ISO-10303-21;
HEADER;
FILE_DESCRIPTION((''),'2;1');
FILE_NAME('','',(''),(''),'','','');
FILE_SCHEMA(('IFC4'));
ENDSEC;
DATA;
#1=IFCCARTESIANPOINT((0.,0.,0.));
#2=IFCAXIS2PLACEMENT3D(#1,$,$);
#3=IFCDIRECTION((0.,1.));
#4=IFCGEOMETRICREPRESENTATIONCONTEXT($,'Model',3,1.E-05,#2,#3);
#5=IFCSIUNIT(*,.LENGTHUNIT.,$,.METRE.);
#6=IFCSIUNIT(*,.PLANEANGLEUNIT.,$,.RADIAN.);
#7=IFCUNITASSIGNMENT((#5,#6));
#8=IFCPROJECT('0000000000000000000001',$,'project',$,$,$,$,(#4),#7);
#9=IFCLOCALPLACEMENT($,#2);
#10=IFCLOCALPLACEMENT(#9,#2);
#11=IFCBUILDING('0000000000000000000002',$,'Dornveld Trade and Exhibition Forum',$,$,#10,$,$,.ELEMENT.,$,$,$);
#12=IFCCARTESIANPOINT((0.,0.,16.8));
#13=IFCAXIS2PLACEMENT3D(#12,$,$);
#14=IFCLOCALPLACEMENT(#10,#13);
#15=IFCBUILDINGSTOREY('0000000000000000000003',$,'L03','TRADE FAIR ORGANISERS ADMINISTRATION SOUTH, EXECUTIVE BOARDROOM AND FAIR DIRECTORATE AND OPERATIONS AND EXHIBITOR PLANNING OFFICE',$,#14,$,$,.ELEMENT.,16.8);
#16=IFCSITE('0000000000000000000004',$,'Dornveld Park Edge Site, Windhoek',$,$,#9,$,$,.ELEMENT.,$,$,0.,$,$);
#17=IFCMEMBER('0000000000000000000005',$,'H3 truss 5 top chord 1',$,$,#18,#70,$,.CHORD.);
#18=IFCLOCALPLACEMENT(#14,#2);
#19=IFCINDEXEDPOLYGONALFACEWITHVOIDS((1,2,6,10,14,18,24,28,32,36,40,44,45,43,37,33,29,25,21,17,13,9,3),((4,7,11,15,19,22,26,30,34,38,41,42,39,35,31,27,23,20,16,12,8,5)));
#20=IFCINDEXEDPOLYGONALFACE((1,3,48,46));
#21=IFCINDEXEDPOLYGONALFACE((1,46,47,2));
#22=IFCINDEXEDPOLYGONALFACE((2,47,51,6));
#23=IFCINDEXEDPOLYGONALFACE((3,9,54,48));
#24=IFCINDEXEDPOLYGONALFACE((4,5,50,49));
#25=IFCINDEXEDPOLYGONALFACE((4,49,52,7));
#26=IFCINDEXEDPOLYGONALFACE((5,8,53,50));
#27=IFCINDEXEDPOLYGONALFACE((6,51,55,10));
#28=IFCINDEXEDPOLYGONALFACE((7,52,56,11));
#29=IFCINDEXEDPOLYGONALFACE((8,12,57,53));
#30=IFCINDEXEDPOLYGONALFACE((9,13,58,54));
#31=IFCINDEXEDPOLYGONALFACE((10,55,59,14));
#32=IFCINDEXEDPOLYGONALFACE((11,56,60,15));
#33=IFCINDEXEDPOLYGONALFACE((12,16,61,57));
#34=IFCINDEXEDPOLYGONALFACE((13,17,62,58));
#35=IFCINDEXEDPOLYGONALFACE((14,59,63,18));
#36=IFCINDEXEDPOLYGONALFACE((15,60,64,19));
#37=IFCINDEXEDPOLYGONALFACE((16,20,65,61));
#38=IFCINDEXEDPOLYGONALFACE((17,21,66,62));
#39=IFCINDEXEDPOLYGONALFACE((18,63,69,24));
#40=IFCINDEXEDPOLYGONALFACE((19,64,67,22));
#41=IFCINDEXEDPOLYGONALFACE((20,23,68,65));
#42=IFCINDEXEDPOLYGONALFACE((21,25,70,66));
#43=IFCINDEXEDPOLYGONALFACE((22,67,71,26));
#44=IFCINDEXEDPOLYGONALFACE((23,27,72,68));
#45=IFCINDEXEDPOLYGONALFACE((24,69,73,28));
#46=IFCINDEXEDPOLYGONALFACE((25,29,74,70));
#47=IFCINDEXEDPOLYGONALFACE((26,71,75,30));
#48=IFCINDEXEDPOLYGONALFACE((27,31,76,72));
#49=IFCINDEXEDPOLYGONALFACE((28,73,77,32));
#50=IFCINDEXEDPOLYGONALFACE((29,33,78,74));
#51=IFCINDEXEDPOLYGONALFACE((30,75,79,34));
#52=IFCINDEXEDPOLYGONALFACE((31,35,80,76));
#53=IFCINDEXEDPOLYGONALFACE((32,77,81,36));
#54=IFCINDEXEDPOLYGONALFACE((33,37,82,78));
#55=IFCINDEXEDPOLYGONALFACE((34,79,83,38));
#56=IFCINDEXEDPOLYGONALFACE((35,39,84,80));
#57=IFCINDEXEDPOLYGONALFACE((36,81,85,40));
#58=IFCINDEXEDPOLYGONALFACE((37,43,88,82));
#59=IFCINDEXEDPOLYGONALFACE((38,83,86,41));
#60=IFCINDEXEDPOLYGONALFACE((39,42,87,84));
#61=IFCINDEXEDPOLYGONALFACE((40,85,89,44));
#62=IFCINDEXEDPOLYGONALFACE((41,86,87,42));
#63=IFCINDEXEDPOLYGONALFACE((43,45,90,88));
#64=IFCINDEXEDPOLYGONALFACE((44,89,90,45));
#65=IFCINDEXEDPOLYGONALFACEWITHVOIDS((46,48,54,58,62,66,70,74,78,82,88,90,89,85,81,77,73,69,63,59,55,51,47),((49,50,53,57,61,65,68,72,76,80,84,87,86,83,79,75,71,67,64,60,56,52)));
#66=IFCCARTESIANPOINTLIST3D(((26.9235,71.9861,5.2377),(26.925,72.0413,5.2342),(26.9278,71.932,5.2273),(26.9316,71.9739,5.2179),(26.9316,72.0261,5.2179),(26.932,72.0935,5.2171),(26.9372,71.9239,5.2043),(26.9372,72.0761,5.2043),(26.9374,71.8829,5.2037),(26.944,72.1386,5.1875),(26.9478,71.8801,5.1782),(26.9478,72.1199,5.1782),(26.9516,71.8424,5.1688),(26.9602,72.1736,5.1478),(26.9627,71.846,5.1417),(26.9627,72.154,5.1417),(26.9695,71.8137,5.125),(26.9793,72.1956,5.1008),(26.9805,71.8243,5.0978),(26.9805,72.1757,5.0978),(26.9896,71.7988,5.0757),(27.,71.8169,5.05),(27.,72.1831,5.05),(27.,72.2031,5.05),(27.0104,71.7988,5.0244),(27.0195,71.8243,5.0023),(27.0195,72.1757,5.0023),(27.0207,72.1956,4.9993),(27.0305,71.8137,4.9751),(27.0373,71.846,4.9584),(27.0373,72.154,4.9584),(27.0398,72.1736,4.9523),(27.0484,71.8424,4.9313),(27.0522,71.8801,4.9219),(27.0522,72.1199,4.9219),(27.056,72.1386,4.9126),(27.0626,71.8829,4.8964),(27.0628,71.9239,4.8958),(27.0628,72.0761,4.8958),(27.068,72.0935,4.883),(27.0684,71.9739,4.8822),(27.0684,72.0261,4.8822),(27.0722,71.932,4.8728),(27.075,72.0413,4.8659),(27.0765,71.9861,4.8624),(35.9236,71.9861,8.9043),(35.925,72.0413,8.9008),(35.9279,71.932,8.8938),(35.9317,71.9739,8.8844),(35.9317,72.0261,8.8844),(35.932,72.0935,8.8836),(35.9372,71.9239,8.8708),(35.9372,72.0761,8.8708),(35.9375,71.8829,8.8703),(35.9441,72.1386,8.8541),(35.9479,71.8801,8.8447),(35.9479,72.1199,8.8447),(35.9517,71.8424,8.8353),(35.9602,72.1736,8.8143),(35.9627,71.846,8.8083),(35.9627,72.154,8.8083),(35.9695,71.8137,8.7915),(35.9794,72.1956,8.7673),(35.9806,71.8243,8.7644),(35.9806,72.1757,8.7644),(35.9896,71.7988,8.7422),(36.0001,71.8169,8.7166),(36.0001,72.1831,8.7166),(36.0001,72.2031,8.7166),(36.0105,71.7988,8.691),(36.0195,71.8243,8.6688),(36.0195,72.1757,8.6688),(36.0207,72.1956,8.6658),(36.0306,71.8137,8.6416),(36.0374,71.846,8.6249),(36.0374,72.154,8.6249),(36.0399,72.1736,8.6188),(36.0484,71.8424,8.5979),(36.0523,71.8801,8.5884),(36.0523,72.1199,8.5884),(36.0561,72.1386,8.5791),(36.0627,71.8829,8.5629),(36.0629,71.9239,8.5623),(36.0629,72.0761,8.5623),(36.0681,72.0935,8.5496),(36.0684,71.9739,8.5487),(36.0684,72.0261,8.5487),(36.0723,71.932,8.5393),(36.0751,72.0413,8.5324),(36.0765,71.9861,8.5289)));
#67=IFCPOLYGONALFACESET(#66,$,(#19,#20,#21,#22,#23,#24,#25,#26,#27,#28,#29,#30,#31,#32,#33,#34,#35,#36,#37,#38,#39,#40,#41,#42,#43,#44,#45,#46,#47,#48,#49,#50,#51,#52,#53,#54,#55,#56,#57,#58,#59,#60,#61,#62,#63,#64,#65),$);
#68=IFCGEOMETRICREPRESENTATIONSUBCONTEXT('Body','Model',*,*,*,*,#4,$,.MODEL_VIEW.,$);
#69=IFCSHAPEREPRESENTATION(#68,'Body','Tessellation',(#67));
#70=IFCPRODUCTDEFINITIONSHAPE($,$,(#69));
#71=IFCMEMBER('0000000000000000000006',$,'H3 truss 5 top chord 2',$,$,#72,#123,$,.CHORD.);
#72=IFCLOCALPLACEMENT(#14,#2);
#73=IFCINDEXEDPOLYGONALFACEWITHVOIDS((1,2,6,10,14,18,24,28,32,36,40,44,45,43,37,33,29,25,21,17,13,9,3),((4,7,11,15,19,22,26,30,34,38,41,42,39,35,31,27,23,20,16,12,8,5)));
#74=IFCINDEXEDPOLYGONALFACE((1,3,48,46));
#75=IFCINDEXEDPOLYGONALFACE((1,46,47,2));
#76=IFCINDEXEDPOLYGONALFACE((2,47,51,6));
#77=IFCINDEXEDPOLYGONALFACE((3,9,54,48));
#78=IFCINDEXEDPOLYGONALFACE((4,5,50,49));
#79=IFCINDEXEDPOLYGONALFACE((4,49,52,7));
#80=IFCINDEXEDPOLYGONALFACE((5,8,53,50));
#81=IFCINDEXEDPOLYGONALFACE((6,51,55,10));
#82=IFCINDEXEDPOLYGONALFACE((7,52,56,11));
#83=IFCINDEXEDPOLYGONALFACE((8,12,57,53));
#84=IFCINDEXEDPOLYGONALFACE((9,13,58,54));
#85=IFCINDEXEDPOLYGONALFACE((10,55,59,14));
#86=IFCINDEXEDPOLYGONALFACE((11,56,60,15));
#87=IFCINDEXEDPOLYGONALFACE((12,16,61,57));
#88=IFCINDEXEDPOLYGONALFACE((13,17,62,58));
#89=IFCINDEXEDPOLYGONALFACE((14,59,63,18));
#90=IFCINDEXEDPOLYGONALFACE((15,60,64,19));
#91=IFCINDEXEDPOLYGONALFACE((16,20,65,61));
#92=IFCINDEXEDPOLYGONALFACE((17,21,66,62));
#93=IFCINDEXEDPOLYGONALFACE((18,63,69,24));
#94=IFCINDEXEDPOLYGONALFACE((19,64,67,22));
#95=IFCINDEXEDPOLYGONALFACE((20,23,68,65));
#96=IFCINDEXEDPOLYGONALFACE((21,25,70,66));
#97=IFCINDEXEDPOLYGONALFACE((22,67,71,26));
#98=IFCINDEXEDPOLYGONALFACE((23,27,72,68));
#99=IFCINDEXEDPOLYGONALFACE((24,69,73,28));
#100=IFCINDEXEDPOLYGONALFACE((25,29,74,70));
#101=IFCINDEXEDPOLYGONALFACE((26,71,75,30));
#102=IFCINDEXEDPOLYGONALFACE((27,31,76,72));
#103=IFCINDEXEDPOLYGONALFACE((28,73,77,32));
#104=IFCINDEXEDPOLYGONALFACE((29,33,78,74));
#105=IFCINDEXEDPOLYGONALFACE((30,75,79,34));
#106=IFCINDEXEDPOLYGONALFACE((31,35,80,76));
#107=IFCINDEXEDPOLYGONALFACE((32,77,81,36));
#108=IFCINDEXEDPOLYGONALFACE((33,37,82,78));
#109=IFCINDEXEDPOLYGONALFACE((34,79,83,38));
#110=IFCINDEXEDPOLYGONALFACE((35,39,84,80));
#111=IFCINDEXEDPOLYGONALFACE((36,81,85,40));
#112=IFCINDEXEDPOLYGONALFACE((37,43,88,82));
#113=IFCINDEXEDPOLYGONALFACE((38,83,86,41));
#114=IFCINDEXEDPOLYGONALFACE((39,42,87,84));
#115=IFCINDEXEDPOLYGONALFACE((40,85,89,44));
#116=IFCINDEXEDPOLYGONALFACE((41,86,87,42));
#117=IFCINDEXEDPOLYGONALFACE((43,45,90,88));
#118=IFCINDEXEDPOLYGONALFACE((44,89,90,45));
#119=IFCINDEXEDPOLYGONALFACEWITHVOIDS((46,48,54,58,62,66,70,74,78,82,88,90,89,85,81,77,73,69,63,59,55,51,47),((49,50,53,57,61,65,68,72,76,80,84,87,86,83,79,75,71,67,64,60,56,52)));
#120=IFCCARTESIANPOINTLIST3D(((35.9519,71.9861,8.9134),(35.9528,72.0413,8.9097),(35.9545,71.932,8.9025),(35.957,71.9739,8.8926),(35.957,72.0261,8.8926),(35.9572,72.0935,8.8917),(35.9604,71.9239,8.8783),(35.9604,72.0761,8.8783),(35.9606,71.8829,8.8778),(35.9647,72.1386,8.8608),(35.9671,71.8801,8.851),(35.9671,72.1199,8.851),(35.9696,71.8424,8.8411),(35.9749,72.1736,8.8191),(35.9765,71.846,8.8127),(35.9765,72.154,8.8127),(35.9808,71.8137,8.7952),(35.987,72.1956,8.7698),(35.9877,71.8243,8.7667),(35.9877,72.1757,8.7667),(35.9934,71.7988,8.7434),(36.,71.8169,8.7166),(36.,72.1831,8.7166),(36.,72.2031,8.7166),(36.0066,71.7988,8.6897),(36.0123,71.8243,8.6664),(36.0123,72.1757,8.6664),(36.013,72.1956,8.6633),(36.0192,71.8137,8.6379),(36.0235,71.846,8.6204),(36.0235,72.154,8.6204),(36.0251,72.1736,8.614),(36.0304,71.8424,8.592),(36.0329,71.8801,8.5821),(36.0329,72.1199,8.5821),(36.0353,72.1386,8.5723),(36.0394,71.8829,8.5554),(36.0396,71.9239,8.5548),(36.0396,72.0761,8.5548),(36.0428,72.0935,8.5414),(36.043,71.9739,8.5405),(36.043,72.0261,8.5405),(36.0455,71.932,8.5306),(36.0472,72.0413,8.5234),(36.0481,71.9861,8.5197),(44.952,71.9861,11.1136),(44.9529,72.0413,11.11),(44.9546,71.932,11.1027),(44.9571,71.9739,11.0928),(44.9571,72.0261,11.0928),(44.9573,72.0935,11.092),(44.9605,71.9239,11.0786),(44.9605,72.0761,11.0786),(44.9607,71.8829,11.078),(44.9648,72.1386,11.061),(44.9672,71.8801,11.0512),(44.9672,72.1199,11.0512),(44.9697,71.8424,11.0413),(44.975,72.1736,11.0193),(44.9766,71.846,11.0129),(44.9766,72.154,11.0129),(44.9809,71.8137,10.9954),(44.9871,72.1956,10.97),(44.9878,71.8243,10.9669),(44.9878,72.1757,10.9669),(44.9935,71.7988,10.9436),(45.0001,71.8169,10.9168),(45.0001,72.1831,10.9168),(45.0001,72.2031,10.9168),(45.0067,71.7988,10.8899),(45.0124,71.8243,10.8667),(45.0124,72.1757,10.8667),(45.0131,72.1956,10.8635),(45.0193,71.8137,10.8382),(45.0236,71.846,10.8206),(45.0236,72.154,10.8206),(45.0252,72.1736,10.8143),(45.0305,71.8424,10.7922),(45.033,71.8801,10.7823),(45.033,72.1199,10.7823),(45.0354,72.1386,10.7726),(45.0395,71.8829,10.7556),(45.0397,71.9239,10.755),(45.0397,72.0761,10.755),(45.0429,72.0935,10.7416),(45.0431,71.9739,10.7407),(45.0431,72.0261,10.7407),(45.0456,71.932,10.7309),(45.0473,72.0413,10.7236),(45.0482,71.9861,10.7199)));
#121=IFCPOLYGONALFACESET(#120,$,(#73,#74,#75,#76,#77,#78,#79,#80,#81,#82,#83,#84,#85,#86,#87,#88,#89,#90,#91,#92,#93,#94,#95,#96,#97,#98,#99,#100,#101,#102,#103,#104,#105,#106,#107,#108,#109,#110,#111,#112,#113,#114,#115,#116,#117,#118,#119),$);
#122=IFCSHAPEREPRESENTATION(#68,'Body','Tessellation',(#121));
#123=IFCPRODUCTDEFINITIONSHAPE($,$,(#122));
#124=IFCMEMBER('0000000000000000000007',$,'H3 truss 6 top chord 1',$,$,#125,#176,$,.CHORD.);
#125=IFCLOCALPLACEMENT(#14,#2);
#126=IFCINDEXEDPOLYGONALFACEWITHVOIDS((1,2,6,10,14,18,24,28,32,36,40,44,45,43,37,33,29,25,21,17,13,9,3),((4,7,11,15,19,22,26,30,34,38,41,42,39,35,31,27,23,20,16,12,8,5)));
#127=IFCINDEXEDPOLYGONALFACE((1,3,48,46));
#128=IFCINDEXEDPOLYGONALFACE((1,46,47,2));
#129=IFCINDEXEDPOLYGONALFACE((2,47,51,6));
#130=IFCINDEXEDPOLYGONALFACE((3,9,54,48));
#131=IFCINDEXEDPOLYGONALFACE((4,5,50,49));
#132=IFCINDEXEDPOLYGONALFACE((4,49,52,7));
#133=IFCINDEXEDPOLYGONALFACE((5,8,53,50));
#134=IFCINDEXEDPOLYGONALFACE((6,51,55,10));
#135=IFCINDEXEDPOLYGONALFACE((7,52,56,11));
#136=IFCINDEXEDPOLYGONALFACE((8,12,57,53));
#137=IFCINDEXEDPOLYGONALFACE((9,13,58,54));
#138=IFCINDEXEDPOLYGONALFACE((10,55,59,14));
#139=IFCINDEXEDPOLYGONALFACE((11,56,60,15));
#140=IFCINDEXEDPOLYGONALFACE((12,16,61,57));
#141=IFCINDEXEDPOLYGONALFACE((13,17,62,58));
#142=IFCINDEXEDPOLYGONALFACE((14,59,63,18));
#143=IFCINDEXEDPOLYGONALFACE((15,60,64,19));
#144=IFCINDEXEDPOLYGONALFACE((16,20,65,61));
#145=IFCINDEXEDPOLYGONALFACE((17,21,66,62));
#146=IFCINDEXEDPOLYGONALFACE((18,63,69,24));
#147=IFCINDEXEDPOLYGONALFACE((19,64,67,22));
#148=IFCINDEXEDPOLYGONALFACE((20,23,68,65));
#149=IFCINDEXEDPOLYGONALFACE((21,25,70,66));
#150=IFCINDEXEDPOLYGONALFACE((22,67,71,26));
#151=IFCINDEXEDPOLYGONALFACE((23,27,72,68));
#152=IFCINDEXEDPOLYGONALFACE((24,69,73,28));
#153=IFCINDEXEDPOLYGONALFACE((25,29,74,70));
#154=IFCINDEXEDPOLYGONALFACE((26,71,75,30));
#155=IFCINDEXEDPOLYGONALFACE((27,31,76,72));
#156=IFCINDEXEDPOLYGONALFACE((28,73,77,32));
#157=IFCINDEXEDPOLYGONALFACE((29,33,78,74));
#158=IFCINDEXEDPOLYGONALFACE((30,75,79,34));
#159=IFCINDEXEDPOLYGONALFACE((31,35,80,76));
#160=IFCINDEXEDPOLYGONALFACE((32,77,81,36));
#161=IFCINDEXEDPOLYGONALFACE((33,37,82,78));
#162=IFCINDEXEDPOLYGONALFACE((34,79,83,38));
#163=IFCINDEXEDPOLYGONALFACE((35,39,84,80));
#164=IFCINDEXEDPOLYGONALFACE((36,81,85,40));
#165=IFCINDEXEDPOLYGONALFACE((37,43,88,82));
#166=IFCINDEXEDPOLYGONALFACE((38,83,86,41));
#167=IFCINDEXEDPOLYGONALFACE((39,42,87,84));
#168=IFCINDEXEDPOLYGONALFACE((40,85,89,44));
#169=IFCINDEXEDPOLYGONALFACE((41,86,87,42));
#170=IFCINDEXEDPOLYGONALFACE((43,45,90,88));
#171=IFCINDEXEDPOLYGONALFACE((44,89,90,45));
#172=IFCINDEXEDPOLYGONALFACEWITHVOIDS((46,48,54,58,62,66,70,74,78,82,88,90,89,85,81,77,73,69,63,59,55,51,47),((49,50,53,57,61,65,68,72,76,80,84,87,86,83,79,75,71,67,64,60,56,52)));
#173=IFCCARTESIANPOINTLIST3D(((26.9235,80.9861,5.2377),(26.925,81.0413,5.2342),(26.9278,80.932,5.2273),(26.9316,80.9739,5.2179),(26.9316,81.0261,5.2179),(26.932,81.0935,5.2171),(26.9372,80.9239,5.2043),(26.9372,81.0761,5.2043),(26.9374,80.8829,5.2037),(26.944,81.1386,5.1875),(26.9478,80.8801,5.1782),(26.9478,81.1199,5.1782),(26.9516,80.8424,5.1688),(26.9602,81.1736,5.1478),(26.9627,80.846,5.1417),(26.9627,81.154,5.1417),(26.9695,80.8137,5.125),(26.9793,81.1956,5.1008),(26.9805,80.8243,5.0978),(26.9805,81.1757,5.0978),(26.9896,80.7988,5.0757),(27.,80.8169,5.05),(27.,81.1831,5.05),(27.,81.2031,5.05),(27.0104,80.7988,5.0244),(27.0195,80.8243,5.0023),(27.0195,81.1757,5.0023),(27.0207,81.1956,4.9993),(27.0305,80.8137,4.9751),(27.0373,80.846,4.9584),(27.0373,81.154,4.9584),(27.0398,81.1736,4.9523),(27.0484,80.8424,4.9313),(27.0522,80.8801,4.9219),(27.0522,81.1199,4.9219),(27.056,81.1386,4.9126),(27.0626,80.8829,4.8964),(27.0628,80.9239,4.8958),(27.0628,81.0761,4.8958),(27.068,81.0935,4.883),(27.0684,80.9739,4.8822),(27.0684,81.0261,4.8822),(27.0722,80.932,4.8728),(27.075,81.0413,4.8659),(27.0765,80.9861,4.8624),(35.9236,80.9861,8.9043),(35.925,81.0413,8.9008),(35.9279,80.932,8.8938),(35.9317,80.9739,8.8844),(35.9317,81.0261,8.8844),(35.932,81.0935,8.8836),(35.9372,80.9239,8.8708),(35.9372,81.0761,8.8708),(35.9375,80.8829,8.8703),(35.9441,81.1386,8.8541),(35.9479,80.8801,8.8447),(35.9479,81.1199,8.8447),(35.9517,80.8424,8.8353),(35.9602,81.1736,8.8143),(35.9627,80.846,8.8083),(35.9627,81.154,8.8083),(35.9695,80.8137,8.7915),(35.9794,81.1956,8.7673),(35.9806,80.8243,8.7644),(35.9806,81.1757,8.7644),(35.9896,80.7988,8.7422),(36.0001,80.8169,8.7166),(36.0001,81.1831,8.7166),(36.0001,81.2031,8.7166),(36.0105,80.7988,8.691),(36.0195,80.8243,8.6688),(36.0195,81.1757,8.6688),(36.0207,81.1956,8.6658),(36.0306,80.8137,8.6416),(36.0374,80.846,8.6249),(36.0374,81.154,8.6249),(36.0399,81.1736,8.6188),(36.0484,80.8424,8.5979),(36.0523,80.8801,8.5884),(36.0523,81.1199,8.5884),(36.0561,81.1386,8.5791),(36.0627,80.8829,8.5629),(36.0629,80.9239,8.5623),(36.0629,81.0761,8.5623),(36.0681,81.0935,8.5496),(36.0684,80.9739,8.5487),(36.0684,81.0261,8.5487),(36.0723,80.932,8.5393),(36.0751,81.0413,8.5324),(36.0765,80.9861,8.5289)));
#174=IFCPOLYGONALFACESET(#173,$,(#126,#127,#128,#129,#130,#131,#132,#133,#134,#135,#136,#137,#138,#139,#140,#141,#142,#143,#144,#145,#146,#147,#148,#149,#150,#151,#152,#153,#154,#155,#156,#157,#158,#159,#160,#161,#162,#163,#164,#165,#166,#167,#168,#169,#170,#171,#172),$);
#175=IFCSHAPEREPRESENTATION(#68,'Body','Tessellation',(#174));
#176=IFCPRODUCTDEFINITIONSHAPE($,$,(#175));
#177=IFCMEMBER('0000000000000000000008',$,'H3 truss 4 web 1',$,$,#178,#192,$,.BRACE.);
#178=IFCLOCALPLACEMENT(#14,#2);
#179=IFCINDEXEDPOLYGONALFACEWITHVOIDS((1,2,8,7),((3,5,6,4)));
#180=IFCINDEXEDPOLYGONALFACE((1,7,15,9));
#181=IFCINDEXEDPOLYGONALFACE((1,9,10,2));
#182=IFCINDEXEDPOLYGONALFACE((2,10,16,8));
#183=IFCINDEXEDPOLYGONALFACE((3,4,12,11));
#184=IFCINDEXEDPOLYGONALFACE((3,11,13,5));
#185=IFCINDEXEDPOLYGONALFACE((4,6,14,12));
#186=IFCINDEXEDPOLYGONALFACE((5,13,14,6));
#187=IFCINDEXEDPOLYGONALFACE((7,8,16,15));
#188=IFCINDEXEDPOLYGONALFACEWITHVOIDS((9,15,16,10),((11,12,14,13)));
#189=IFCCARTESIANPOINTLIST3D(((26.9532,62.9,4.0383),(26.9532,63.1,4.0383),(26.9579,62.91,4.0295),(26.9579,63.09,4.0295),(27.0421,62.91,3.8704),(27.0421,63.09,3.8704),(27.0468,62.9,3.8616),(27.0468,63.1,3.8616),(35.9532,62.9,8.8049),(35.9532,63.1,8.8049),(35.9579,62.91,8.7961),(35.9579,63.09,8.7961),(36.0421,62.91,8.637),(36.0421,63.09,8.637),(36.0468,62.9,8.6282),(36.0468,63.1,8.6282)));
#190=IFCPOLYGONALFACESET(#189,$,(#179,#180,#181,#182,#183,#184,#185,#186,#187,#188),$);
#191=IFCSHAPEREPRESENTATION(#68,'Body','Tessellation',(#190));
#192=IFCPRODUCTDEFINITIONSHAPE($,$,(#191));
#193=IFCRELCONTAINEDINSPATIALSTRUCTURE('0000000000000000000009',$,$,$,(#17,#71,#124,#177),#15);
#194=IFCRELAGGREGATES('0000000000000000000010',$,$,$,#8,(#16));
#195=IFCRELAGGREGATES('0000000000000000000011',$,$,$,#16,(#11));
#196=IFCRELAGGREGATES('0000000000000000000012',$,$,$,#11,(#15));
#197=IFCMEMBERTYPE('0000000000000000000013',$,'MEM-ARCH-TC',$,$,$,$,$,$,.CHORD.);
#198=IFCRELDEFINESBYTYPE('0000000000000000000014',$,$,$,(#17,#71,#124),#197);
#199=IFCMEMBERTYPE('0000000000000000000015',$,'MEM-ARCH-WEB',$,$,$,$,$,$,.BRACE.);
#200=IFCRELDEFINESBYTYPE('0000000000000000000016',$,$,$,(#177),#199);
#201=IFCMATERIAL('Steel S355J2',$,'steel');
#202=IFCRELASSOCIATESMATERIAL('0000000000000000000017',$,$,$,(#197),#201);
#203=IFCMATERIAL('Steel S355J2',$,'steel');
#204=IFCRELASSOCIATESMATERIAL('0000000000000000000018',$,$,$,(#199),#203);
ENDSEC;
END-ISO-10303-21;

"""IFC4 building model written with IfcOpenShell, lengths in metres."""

from ifc_helpers import new_model, si_unit, direction, frame, origin, origin_2d, place, context, subcontext, project, spatial, hollow_rectangle, hollow_circle, extrude, material, material_profile, profile_set, type_object, element, save


model = new_model("IFC4")

# Units and contexts
model_context = context("Model", 3, precision=1e-05, world=origin(), true_north=direction((0.0, 1.0)))
body_context = subcontext(model_context, "Body", "Model", "MODEL_VIEW")
ifc_project = project(units=[si_unit("LENGTHUNIT", "METRE"), si_unit("PLANEANGLEUNIT", "RADIAN")], contexts=[model_context])

# Site, building, storey
site_placement = place(None, origin())
site = spatial("IfcSite", under=ifc_project, at=site_placement, Name="Dornveld Park Edge Site, Windhoek", CompositionType="ELEMENT", RefElevation=0.0)
building_placement = place(site_placement, origin())
building = spatial("IfcBuilding", under=site, at=building_placement, Name="Dornveld Trade and Exhibition Forum", CompositionType="ELEMENT")
storey_placement = place(building_placement, frame((0.0, 0.0, 16.8)))
storey = spatial("IfcBuildingStorey", under=building, at=storey_placement, Name="L03", Description="TRADE FAIR ORGANISERS ADMINISTRATION SOUTH, EXECUTIVE BOARDROOM AND FAIR DIRECTORATE AND OPERATIONS AND EXHIBITOR PLANNING OFFICE", CompositionType="ELEMENT", Elevation=16.8)

# Members
ifc_material_1 = material(Name="Steel S355J2", Category="steel")
ifc_material_profile_1 = material_profile(ifc_material_1, hollow_circle(Radius=0.2031, WallThickness=0.02, at=origin_2d()), Name="CHS 406.4x20")
ifc_profile_set_1 = profile_set([ifc_material_profile_1], Name="Steel S355J2")
member_type_1 = type_object("IfcMemberType", Name="MEM-ARCH-TC", PredefinedType="CHORD", material=ifc_profile_set_1)
member_1_placement = place(storey_placement, frame((27.0, 72.0, 5.05), z_axis=(0.926098, 0.0, 0.377283), x_axis=(0.0, 1.0, 0.0)))
element("IfcMember", 1, at=member_1_placement, inside=storey, type_object=member_type_1, Name="H3 truss 5 top chord 1", PredefinedType="CHORD", context=body_context, shape_type="SweptSolid", body=[
    extrude(hollow_circle(Radius=0.2031, WallThickness=0.02, at=origin_2d()), origin(), (0.0, 0.0, 1.0), 9.7183),
])
member_2_placement = place(storey_placement, frame((36.0, 72.0, 8.7166), z_axis=(0.971394, 0.0, 0.237473), x_axis=(0.0, 1.0, 0.0)))
element("IfcMember", 2, at=member_2_placement, inside=storey, type_object=member_type_1, Name="H3 truss 5 top chord 2", PredefinedType="CHORD", context=body_context, shape_type="SweptSolid", body=[
    extrude(hollow_circle(Radius=0.2031, WallThickness=0.02, at=origin_2d()), origin(), (0.0, 0.0, 1.0), 9.2651),
])
member_3_placement = place(storey_placement, frame((27.0, 81.0, 5.05), z_axis=(0.926098, 0.0, 0.377283), x_axis=(0.0, 1.0, 0.0)))
element("IfcMember", 3, at=member_3_placement, inside=storey, type_object=member_type_1, Name="H3 truss 6 top chord 1", PredefinedType="CHORD", context=body_context, shape_type="SweptSolid", body=[
    extrude(hollow_circle(Radius=0.2031, WallThickness=0.02, at=origin_2d()), origin(), (0.0, 0.0, 1.0), 9.7183),
])
ifc_material_2 = material(Name="Steel S355J2", Category="steel")
ifc_material_profile_2 = material_profile(ifc_material_2, hollow_rectangle(XDim=0.2, YDim=0.2, WallThickness=0.01, at=origin_2d()), Name="SHS 200x200x10")
ifc_profile_set_2 = profile_set([ifc_material_profile_2], Name="Steel S355J2")
member_type_2 = type_object("IfcMemberType", Name="MEM-ARCH-WEB", PredefinedType="BRACE", material=ifc_profile_set_2)
member_4_placement = place(storey_placement, frame((27.0, 63.0, 3.95), z_axis=(0.883711, 0.0, 0.468033), x_axis=(0.0, 1.0, 0.0)))
element("IfcMember", 4, at=member_4_placement, inside=storey, type_object=member_type_2, Name="H3 truss 4 web 1", PredefinedType="BRACE", context=body_context, shape_type="SweptSolid", body=[
    extrude(hollow_rectangle(XDim=0.2, YDim=0.2, WallThickness=0.01, at=origin_2d()), origin(), (0.0, 0.0, 1.0), 10.1843),
])

save(model, "model.ifc")
